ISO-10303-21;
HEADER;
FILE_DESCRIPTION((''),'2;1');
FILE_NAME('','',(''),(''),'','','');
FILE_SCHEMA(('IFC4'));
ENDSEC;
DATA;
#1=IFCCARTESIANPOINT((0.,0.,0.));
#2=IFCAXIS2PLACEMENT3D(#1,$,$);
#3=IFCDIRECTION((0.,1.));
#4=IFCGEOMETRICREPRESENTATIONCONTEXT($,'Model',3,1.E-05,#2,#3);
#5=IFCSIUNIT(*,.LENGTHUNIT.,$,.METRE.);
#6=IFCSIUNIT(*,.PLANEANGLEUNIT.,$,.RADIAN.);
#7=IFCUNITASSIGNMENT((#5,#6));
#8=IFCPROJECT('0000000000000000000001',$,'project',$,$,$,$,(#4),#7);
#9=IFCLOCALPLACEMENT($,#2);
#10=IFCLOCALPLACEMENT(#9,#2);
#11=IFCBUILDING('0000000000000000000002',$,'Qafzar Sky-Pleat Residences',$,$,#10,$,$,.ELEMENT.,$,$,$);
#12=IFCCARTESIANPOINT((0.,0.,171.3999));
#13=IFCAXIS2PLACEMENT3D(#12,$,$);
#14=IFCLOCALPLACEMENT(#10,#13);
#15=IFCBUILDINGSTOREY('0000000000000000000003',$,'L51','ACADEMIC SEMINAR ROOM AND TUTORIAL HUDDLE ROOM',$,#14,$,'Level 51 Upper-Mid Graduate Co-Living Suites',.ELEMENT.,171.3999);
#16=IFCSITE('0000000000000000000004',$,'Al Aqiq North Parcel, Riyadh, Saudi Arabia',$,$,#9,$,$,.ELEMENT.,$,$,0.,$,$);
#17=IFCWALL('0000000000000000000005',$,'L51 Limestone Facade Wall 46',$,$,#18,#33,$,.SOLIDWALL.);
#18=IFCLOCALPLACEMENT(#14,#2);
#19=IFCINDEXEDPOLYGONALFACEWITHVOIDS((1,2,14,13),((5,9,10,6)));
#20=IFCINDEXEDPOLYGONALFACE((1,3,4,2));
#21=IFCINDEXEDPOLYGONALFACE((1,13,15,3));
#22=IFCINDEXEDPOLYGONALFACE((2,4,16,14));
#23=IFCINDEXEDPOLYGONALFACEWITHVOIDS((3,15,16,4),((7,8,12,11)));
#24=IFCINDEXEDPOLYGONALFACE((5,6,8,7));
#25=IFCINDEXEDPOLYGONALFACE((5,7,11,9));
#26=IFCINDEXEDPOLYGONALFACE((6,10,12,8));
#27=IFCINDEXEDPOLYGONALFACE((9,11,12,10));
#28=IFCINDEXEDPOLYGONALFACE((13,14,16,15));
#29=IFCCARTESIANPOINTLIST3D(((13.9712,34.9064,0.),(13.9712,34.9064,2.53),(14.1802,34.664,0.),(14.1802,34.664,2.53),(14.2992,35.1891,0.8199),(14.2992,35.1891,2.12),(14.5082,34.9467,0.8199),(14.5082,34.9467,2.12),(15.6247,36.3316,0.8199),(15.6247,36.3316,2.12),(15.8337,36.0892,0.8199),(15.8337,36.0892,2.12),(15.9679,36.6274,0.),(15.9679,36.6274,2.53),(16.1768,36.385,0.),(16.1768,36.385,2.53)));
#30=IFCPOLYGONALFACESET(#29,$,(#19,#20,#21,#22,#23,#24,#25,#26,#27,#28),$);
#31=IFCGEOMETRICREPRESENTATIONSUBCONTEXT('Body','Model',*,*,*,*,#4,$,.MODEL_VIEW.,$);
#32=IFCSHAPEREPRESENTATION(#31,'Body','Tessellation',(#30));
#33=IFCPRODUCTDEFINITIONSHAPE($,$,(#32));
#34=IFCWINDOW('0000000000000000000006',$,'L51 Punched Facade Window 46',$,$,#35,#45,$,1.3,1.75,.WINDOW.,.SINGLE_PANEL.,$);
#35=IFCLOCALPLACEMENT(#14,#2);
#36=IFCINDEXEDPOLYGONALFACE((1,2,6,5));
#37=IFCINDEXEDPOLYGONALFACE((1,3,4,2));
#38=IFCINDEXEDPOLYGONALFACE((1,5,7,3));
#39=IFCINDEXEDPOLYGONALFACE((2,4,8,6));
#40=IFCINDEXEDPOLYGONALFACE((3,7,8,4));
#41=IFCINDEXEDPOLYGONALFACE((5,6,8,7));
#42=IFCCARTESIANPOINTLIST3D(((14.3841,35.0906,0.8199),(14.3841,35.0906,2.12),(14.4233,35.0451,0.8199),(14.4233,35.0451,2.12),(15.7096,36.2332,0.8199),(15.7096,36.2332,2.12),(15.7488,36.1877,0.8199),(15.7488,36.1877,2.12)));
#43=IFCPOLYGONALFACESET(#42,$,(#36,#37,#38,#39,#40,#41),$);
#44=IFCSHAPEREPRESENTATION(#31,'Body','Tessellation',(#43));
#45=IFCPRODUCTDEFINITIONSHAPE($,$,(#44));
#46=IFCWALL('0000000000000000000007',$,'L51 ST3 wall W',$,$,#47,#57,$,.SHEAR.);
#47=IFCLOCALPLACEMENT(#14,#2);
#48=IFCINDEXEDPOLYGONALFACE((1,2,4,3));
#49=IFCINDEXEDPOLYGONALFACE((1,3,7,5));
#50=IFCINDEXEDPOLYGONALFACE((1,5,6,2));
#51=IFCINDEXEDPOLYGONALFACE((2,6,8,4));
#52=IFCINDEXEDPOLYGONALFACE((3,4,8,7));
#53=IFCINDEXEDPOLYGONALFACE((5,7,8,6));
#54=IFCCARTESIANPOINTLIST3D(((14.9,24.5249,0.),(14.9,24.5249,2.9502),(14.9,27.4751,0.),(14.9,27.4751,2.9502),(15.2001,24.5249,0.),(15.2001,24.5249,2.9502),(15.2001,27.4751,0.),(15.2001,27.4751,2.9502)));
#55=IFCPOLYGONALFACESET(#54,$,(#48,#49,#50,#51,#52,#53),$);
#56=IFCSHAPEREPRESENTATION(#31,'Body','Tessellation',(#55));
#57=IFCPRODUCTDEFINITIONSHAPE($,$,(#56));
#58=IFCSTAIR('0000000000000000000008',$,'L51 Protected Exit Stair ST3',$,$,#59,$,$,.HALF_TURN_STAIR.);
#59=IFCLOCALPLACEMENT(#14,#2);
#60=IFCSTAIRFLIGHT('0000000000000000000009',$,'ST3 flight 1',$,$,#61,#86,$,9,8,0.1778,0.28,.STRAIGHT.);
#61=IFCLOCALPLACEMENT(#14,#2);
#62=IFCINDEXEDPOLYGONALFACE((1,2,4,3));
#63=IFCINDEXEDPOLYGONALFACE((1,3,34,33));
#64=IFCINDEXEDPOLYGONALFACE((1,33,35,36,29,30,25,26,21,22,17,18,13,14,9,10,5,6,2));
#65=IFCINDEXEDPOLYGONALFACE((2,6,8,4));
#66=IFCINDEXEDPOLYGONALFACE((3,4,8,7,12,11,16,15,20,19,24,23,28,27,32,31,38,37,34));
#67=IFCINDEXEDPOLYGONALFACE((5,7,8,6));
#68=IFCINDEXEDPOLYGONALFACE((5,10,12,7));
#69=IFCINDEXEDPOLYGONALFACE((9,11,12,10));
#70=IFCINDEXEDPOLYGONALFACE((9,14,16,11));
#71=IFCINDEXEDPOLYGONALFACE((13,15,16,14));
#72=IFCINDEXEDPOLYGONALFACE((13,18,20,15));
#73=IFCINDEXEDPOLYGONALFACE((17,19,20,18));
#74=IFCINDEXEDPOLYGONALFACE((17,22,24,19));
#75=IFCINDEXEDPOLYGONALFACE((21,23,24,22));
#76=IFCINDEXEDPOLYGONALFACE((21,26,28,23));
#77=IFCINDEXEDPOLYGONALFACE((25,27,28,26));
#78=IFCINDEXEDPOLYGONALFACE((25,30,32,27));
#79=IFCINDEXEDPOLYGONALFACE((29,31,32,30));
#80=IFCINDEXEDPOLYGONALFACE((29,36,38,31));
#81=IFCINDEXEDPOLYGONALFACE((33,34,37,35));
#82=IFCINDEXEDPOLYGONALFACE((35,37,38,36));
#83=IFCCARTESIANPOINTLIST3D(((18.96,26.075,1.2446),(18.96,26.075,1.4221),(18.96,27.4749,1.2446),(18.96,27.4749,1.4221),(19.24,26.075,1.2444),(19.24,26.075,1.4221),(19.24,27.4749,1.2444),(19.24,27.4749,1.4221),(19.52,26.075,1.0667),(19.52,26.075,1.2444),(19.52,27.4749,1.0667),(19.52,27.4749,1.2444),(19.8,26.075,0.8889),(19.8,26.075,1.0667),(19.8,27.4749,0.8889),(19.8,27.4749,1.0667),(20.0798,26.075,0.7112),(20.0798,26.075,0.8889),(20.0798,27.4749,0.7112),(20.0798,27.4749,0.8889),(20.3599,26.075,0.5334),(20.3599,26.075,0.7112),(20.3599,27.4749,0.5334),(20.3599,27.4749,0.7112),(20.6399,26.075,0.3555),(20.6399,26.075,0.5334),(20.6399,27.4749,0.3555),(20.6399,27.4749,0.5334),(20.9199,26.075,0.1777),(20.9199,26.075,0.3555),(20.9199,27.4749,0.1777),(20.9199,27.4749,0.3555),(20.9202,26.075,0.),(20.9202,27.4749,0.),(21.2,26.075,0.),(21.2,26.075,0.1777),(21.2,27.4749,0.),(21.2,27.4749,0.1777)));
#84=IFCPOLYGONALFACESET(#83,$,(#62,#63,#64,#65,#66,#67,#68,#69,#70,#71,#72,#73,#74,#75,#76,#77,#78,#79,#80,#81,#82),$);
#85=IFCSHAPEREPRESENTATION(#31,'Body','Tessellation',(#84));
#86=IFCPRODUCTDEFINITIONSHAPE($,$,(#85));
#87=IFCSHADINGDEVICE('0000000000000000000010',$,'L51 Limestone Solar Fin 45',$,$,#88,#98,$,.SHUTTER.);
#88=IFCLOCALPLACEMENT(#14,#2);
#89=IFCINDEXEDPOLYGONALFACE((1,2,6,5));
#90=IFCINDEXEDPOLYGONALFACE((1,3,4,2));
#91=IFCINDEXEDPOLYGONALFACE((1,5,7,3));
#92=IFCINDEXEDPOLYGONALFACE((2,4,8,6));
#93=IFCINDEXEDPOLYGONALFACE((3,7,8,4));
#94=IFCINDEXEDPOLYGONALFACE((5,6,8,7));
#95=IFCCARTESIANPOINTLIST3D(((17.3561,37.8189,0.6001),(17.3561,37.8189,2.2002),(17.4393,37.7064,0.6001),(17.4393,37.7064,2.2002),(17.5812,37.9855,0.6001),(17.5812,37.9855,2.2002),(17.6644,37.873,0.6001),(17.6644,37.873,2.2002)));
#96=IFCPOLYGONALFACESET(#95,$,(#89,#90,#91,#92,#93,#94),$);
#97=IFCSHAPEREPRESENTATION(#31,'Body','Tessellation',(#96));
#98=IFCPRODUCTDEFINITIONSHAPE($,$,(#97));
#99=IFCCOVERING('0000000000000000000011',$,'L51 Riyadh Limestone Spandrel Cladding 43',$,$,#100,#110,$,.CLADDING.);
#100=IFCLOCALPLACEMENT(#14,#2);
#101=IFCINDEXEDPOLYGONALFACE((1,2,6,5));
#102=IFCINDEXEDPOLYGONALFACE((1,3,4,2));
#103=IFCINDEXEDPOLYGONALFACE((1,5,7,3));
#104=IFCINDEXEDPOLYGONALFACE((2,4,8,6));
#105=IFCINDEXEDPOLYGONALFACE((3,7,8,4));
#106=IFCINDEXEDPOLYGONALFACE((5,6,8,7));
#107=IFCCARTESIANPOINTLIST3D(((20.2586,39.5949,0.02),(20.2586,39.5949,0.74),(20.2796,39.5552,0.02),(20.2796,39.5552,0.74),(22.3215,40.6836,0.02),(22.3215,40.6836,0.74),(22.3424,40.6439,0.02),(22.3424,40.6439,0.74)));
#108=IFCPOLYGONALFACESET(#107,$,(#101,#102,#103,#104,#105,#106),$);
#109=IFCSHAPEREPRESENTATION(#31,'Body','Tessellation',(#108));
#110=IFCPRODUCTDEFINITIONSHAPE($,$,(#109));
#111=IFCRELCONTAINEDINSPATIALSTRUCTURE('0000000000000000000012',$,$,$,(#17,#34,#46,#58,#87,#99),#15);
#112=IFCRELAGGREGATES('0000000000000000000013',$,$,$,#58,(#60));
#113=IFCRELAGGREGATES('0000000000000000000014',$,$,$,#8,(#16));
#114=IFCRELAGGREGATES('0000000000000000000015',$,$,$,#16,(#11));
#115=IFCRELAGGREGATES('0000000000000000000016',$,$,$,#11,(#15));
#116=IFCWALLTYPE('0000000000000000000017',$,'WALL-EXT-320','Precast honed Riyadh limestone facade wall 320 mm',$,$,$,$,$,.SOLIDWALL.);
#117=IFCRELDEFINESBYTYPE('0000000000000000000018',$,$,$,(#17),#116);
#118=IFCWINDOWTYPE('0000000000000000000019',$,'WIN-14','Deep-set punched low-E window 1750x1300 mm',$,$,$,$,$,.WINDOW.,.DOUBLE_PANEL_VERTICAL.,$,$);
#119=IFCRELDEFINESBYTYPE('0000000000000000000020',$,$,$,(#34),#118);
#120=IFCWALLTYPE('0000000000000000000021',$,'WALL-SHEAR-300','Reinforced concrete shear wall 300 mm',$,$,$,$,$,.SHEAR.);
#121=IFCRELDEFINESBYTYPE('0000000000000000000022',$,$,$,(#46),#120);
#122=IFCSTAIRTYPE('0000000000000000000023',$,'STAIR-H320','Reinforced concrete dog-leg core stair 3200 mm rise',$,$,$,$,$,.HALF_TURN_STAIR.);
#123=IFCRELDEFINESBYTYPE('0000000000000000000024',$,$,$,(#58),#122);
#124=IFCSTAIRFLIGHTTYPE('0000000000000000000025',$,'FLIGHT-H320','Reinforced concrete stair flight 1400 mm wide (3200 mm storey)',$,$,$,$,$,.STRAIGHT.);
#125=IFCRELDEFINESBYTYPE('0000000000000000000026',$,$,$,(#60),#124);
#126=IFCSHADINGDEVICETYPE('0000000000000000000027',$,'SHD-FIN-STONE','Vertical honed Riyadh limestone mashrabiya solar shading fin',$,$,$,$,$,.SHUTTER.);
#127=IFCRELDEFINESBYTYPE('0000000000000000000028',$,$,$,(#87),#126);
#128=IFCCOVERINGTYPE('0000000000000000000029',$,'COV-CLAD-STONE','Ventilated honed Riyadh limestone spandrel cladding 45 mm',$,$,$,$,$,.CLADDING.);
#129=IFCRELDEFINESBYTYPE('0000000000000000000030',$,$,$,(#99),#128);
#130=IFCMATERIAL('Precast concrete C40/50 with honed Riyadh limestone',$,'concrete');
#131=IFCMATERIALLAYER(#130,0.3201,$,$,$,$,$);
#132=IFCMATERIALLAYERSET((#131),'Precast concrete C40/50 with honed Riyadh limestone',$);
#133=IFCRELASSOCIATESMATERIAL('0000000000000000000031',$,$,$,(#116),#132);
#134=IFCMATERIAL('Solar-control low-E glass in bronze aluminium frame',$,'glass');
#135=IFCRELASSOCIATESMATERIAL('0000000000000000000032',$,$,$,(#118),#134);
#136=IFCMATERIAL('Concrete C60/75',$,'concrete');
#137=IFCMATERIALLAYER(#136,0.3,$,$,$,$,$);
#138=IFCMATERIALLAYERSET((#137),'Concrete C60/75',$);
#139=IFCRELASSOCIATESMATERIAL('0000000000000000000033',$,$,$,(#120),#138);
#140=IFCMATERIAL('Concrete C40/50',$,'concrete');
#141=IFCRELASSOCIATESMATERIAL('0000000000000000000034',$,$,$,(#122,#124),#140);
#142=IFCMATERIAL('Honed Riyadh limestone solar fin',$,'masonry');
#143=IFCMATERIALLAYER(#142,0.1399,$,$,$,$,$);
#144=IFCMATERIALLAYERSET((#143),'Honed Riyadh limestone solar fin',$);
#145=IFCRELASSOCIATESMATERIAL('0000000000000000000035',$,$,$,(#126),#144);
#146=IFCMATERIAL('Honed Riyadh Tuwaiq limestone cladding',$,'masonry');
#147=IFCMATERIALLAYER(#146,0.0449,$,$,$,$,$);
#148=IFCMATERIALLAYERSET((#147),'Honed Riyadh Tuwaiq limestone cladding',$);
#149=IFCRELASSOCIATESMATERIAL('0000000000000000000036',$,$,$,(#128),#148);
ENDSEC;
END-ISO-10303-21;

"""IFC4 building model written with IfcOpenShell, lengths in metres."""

from ifc_helpers import new_model, si_unit, direction, frame, frame_2d, origin, origin_2d, place, context, subcontext, project, spatial, polyline, rectangle, outline, extrude, source, transform, mapped, material, layer, layer_set, type_object, element, fill, aggregate, save


model = new_model("IFC4")

# Units and contexts
model_context = context("Model", 3, precision=1e-05, world=origin(), true_north=direction((0.0, 1.0)))
body_context = subcontext(model_context, "Body", "Model", "MODEL_VIEW")
ifc_project = project(units=[si_unit("LENGTHUNIT", "METRE"), si_unit("PLANEANGLEUNIT", "RADIAN")], contexts=[model_context])

# Site, building, storey
site_placement = place(None, origin())
site = spatial("IfcSite", under=ifc_project, at=site_placement, Name="Al Aqiq North Parcel, Riyadh, Saudi Arabia", CompositionType="ELEMENT", RefElevation=0.0)
building_placement = place(site_placement, origin())
building = spatial("IfcBuilding", under=site, at=building_placement, Name="Qafzar Sky-Pleat Residences", CompositionType="ELEMENT")
storey_placement = place(building_placement, frame((0.0, 0.0, 171.3999)))
storey = spatial("IfcBuildingStorey", under=building, at=storey_placement, Name="L51", Description="ACADEMIC SEMINAR ROOM AND TUTORIAL HUDDLE ROOM", LongName="Level 51 Upper-Mid Graduate Co-Living Suites", CompositionType="ELEMENT", Elevation=171.3999)

# Shared definitions
ifc_material_1 = material(Name="Concrete C60/75", Category="concrete")

# Wall, opening, window
ifc_material_2 = material(Name="Precast concrete C40/50 with honed Riyadh limestone", Category="concrete")
ifc_layer_1 = layer(ifc_material_2, 0.3201)
ifc_layer_set_1 = layer_set([ifc_layer_1], Name="Precast concrete C40/50 with honed Riyadh limestone")
wall_type_1 = type_object("IfcWallType", Name="WALL-EXT-320", Description="Precast honed Riyadh limestone facade wall 320 mm", PredefinedType="SOLIDWALL", material=ifc_layer_set_1)
ifc_material_3 = material(Name="Solar-control low-E glass in bronze aluminium frame", Category="glass")
wall_1_placement = place(storey_placement, frame((16.0723, 36.5061, 0.0), z_axis=(0.0, 0.0, 1.0), x_axis=(-0.757456, -0.652886, 0.0)))
wall_1 = element("IfcWall", 1, at=wall_1_placement, inside=storey, type_object=wall_type_1, Name="L51 Limestone Facade Wall 46", PredefinedType="SOLIDWALL", context=body_context, shape_type="SweptSolid", body=[
    extrude(rectangle(XDim=2.636, YDim=0.3201, at=frame_2d((1.3179, 0.0))), origin(), (0.0, 0.0, 1.0), 2.53),
])
opening_1_placement = place(wall_1_placement, frame((0.4529, 0.0, 0.8201)))
opening_1 = element("IfcOpeningElement", 2, at=opening_1_placement, cuts=wall_1, PredefinedType="OPENING", context=body_context, shape_type="SweptSolid", body=[
    extrude(rectangle(XDim=1.75, YDim=1.3, at=frame_2d((0.875, 0.6499))), frame((0.0, 0.1699, 0.0), z_axis=(0.0, -1.0, 0.0), x_axis=(1.0, 0.0, 0.0)), (0.0, 0.0, 1.0), 0.3401),
])
window_type_1 = type_object("IfcWindowType", Name="WIN-14", Description="Deep-set punched low-E window 1750x1300 mm", PartitioningType="DOUBLE_PANEL_VERTICAL", PredefinedType="WINDOW", material=ifc_material_3)
shared_shape_1 = source(origin(), body_context, "Body", "SweptSolid", [
    extrude(rectangle(XDim=1.75, YDim=1.3, at=frame_2d((0.875, 0.6499))), frame((0.0, 0.03, 0.0), z_axis=(0.0, -1.0, 0.0), x_axis=(1.0, 0.0, 0.0)), (0.0, 0.0, 1.0), 0.0601),
])
window_1_placement = place(opening_1_placement, origin())
window_1 = element("IfcWindow", 3, at=window_1_placement, inside=storey, type_object=window_type_1, Name="L51 Punched Facade Window 46", OverallHeight=1.3, OverallWidth=1.75, PartitioningType="SINGLE_PANEL", PredefinedType="WINDOW", context=body_context, shape_type="MappedRepresentation", body=[
    mapped(shared_shape_1, transform((0.0, 0.0, 0.0), x_axis=(1.0, 0.0, 0.0), y_axis=(0.0, 1.0, 0.0), z_axis=(0.0, 0.0, 1.0), scale=1.0)),
])
fill(opening_1, window_1)

# Wall
ifc_layer_2 = layer(ifc_material_1, 0.3)
ifc_layer_set_2 = layer_set([ifc_layer_2], Name="Concrete C60/75")
wall_type_2 = type_object("IfcWallType", Name="WALL-SHEAR-300", Description="Reinforced concrete shear wall 300 mm", PredefinedType="SHEAR", material=ifc_layer_set_2)
wall_2_placement = place(storey_placement, frame((15.05, 27.4751, 0.0), z_axis=(0.0, 0.0, 1.0), x_axis=(0.0, -1.0, 0.0)))
element("IfcWall", 4, at=wall_2_placement, inside=storey, type_object=wall_type_2, Name="L51 ST3 wall W", PredefinedType="SHEAR", context=body_context, shape_type="SweptSolid", body=[
    extrude(rectangle(XDim=2.9502, YDim=0.3, at=frame_2d((1.4751, 0.0))), origin(), (0.0, 0.0, 1.0), 2.9502),
])

# Stair, stair flight
ifc_material_4 = material(Name="Concrete C40/50", Category="concrete")
stair_type = type_object("IfcStairType", Name="STAIR-H320", Description="Reinforced concrete dog-leg core stair 3200 mm rise", PredefinedType="HALF_TURN_STAIR", material=ifc_material_4)
stair_placement = place(storey_placement, origin())
stair = element("IfcStair", 5, at=stair_placement, inside=storey, type_object=stair_type, Name="L51 Protected Exit Stair ST3", PredefinedType="HALF_TURN_STAIR")
stair_flight_type = type_object("IfcStairFlightType", Name="FLIGHT-H320", Description="Reinforced concrete stair flight 1400 mm wide (3200 mm storey)", PredefinedType="STRAIGHT", material=ifc_material_4)
shared_shape_2 = source(origin(), body_context, "Body", "SweptSolid", [
    extrude(outline(polyline([(0.0, 0.0), (0.0, 0.1777), (0.28, 0.1777), (0.28, 0.3555), (0.5601, 0.3555), (0.5601, 0.5334), (0.8401, 0.5334), (0.8401, 0.7112), (1.1201, 0.7112), (1.1201, 0.8889), (1.3999, 0.8889), (1.3999, 1.0667), (1.6799, 1.0667), (1.6799, 1.2444), (1.96, 1.2444), (1.96, 1.4221), (2.24, 1.4221), (2.24, 1.6001), (2.24, 1.2446), (0.2798, 0.0), (0.0, 0.0)])), frame((0.0, 0.7, 0.0), z_axis=(0.0, -1.0, 0.0), x_axis=(1.0, 0.0, 0.0)), (0.0, 0.0, 1.0), 1.3999),
])
stair_flight_placement = place(storey_placement, frame((21.2, 26.7749, 0.0), z_axis=(0.0, 0.0, 1.0), x_axis=(-1.0, 0.0, 0.0)))
stair_flight = element("IfcStairFlight", 6, at=stair_flight_placement, type_object=stair_flight_type, Name="ST3 flight 1", NumberOfRisers=9, NumberOfTreads=8, PredefinedType="STRAIGHT", RiserHeight=0.1778, TreadLength=0.28, context=body_context, shape_type="MappedRepresentation", body=[
    mapped(shared_shape_2, transform((0.0, 0.0, 0.0), x_axis=(1.0, 0.0, 0.0), y_axis=(0.0, 1.0, 0.0), z_axis=(0.0, 0.0, 1.0), scale=1.0)),
])
aggregate(stair, [stair_flight])

# Shading device
ifc_material_5 = material(Name="Honed Riyadh limestone solar fin", Category="masonry")
ifc_layer_3 = layer(ifc_material_5, 0.1399)
ifc_layer_set_3 = layer_set([ifc_layer_3], Name="Honed Riyadh limestone solar fin")
shading_device_type = type_object("IfcShadingDeviceType", Name="SHD-FIN-STONE", Description="Vertical honed Riyadh limestone mashrabiya solar shading fin", PredefinedType="SHUTTER", material=ifc_layer_set_3)
shared_shape_3 = source(origin(), body_context, "Body", "SweptSolid", [
    extrude(rectangle(XDim=0.1399, YDim=0.28, at=origin_2d()), origin(), (0.0, 0.0, 1.0), 1.6001),
])
shading_device_placement = place(storey_placement, frame((17.5103, 37.8459, 0.6001), z_axis=(0.0, 0.0, 1.0), x_axis=(-0.59487, 0.803822, 0.0)))
element("IfcShadingDevice", 7, at=shading_device_placement, inside=storey, type_object=shading_device_type, Name="L51 Limestone Solar Fin 45", PredefinedType="SHUTTER", context=body_context, shape_type="MappedRepresentation", body=[
    mapped(shared_shape_3, transform((0.0, 0.0, 0.0), x_axis=(1.0, 0.0, 0.0), y_axis=(0.0, 1.0, 0.0), z_axis=(0.0, 0.0, 1.0), scale=1.0)),
])

# Covering
ifc_material_6 = material(Name="Honed Riyadh Tuwaiq limestone cladding", Category="masonry")
ifc_layer_4 = layer(ifc_material_6, 0.0449)
ifc_layer_set_4 = layer_set([ifc_layer_4], Name="Honed Riyadh Tuwaiq limestone cladding")
covering_type = type_object("IfcCoveringType", Name="COV-CLAD-STONE", Description="Ventilated honed Riyadh limestone spandrel cladding 45 mm", PredefinedType="CLADDING", material=ifc_layer_set_4)
shared_shape_4 = source(origin(), body_context, "Body", "SweptSolid", [
    extrude(rectangle(XDim=2.3325, YDim=0.0449, at=origin_2d()), origin(), (0.0, 0.0, 1.0), 0.72),
])
covering_placement = place(storey_placement, frame((21.3005, 40.1194, 0.02), z_axis=(0.0, 0.0, 1.0), x_axis=(-0.884388, -0.466753, 0.0)))
element("IfcCovering", 8, at=covering_placement, inside=storey, type_object=covering_type, Name="L51 Riyadh Limestone Spandrel Cladding 43", PredefinedType="CLADDING", context=body_context, shape_type="MappedRepresentation", body=[
    mapped(shared_shape_4, transform((0.0, 0.0, 0.0), x_axis=(1.0, 0.0, 0.0), y_axis=(0.0, 1.0, 0.0), z_axis=(0.0, 0.0, 1.0), scale=1.0)),
])

save(model, "model.ifc")
